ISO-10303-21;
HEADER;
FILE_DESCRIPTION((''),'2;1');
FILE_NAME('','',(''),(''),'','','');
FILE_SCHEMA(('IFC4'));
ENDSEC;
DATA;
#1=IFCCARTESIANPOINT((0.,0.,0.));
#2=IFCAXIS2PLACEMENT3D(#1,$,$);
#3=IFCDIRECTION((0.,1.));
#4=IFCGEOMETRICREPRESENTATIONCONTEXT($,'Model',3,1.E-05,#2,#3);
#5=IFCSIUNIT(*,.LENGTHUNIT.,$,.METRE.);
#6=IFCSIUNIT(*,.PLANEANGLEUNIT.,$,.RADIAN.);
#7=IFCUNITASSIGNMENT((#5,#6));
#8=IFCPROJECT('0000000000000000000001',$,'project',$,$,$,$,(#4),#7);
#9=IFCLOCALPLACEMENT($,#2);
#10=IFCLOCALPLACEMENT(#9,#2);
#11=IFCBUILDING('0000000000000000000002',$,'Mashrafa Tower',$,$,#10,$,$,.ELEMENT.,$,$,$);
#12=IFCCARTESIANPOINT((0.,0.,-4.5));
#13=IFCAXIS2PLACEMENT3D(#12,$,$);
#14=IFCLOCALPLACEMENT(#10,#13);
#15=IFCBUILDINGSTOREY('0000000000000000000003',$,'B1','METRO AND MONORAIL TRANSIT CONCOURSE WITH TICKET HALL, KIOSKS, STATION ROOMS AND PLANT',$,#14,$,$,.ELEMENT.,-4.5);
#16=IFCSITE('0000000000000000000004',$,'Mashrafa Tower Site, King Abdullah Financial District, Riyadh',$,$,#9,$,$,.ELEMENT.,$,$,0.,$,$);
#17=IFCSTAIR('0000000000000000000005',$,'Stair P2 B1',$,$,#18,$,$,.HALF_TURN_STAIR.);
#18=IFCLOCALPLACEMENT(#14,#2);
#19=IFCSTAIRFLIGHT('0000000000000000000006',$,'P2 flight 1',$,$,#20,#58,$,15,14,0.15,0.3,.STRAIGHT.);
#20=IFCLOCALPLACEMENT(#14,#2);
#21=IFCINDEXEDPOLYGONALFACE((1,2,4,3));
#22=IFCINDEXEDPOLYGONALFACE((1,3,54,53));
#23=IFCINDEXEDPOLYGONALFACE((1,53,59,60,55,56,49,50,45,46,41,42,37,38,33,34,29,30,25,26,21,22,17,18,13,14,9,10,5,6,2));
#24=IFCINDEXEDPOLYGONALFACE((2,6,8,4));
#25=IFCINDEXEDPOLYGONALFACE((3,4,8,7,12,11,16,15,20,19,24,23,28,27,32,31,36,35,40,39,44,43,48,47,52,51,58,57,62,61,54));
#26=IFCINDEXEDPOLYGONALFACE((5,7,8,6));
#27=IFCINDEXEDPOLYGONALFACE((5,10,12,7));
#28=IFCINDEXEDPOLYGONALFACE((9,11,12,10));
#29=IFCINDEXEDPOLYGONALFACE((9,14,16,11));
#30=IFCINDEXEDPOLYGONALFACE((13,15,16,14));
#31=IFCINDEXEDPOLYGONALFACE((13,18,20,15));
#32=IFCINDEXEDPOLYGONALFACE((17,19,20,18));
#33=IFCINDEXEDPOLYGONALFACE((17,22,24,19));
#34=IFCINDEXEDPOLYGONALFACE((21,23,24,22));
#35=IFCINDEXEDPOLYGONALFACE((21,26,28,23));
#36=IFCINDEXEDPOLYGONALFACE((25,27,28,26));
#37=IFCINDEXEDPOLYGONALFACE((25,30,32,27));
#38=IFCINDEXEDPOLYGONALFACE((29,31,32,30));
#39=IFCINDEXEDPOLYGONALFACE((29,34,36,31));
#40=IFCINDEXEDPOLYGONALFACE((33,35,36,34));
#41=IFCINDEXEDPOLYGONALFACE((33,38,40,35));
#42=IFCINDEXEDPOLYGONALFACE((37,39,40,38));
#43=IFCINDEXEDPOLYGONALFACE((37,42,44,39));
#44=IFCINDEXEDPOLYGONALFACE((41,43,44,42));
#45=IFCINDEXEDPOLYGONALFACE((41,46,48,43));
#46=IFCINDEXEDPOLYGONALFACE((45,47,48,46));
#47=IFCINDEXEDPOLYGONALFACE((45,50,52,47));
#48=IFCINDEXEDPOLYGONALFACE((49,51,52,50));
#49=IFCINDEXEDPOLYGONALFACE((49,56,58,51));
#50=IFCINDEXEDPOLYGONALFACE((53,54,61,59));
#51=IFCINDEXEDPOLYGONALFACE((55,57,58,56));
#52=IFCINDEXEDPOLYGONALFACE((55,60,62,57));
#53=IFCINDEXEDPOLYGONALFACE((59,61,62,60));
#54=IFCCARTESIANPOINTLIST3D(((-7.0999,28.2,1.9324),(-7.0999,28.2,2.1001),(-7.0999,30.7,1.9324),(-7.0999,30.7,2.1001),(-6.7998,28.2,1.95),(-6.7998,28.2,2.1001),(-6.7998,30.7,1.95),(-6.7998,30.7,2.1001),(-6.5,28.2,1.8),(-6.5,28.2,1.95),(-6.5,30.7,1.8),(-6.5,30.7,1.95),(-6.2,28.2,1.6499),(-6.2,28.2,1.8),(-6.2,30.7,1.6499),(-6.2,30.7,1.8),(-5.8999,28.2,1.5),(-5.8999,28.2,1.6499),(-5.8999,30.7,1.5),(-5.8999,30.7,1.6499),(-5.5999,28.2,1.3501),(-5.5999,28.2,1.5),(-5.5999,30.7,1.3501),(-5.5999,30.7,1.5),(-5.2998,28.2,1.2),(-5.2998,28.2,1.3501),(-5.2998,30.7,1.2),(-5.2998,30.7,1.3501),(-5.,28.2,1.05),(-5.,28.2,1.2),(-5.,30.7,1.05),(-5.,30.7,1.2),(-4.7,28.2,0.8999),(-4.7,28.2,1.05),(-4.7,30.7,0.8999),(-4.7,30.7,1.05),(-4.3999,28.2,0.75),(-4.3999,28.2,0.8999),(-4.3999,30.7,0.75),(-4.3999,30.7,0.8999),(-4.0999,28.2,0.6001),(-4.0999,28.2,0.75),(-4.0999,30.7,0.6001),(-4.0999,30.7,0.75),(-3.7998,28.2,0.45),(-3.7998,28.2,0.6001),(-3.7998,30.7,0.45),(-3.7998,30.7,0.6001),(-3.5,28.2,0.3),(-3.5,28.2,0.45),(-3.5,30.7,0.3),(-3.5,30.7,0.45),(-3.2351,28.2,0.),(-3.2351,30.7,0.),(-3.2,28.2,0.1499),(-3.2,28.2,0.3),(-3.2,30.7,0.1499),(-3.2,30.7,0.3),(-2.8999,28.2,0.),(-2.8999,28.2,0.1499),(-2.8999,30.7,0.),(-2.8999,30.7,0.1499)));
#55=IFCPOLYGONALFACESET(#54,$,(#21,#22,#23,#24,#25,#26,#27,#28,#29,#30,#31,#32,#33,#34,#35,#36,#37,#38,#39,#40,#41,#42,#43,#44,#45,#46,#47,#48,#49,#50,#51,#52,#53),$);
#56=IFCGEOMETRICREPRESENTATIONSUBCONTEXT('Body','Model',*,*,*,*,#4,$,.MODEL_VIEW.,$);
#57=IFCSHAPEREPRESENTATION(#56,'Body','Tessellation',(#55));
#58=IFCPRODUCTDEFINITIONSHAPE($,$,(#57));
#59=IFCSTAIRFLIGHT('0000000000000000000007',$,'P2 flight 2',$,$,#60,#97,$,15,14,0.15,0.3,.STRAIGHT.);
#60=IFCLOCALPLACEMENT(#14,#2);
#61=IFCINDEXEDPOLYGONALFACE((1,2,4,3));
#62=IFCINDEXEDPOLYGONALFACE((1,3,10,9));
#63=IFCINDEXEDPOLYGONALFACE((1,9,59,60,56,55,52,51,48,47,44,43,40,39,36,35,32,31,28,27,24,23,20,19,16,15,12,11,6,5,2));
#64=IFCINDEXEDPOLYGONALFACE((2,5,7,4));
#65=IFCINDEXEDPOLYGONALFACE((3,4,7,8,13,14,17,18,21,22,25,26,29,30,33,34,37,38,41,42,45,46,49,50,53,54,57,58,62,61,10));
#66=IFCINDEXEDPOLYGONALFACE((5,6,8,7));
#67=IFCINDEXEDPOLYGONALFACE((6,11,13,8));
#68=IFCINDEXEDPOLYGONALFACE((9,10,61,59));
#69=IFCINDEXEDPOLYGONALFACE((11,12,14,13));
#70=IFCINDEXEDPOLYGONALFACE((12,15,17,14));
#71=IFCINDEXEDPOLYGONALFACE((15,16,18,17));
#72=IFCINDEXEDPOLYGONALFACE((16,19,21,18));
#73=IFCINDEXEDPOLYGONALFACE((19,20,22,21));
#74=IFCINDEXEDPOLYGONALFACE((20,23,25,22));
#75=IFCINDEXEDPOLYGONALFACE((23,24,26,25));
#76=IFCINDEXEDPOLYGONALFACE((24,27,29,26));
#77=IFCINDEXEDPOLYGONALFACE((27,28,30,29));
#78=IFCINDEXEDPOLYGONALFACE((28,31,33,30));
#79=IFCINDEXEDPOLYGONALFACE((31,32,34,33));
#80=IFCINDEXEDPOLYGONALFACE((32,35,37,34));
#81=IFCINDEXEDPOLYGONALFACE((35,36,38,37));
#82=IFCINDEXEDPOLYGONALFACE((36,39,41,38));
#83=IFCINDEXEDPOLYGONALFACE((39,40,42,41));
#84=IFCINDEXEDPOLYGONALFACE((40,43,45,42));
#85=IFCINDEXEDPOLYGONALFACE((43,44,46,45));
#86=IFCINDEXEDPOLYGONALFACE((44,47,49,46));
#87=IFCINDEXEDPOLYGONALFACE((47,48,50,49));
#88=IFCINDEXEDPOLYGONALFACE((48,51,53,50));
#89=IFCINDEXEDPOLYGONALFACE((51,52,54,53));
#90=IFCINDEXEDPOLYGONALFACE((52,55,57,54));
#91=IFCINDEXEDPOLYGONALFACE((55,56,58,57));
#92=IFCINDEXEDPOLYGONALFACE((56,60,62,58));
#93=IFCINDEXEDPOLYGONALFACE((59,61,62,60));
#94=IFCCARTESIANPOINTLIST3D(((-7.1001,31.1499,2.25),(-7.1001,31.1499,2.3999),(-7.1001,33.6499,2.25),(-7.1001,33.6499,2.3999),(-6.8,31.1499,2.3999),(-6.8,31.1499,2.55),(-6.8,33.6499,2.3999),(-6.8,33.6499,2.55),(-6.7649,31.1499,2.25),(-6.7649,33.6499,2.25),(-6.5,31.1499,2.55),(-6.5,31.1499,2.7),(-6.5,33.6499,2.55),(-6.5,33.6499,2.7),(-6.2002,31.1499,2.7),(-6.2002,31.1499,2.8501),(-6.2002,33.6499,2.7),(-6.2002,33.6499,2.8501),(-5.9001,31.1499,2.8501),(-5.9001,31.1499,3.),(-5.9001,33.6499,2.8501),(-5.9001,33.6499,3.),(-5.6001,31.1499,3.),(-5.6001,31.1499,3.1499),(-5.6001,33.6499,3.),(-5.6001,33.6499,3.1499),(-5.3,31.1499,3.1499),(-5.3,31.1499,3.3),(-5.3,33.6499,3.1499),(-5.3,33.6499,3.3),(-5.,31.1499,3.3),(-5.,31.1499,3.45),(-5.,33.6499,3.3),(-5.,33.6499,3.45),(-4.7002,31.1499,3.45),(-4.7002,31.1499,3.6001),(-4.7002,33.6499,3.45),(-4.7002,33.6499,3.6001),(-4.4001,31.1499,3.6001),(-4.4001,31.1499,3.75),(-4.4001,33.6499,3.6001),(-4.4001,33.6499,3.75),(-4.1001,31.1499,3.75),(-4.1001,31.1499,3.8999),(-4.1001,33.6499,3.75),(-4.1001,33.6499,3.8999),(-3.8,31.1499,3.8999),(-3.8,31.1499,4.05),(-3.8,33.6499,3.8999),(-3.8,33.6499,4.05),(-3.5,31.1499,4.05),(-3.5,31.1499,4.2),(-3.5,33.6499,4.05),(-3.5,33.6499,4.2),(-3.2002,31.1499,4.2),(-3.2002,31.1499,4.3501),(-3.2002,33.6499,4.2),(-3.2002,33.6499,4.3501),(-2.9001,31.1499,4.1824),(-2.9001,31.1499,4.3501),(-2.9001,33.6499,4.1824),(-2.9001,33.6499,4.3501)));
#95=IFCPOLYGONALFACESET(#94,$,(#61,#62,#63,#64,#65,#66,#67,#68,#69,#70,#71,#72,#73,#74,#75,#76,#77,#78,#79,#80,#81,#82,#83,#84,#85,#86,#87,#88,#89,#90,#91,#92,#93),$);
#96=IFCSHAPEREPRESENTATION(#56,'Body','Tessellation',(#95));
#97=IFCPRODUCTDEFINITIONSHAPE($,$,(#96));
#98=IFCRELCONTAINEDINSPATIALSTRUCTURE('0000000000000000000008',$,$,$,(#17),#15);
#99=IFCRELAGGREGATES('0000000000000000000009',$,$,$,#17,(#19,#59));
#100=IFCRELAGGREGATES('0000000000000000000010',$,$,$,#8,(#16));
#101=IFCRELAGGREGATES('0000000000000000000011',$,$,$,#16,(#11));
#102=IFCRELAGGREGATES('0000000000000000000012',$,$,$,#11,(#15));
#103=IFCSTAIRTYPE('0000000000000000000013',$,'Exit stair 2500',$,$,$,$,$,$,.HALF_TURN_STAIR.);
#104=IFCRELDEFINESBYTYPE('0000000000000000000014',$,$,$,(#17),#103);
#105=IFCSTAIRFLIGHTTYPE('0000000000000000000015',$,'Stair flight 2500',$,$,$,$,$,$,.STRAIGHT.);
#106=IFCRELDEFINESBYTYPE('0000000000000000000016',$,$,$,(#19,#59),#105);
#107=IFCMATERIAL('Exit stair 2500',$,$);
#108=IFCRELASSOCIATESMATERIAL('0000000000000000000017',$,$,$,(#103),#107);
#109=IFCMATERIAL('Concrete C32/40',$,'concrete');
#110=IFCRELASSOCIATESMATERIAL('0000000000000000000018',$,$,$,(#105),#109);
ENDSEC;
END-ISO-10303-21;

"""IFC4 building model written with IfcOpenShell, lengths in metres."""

from ifc_helpers import new_model, si_unit, direction, frame, origin, place, context, subcontext, project, spatial, polyline, outline, extrude, material, type_object, element, aggregate, save


model = new_model("IFC4")

# Units and contexts
model_context = context("Model", 3, precision=1e-05, world=origin(), true_north=direction((0.0, 1.0)))
body_context = subcontext(model_context, "Body", "Model", "MODEL_VIEW")
ifc_project = project(units=[si_unit("LENGTHUNIT", "METRE"), si_unit("PLANEANGLEUNIT", "RADIAN")], contexts=[model_context])

# Site, building, storey
site_placement = place(None, origin())
site = spatial("IfcSite", under=ifc_project, at=site_placement, Name="Mashrafa Tower Site, King Abdullah Financial District, Riyadh", CompositionType="ELEMENT", RefElevation=0.0)
building_placement = place(site_placement, origin())
building = spatial("IfcBuilding", under=site, at=building_placement, Name="Mashrafa Tower", CompositionType="ELEMENT")
storey_placement = place(building_placement, frame((0.0, 0.0, -4.5)))
storey = spatial("IfcBuildingStorey", under=building, at=storey_placement, Name="B1", Description="METRO AND MONORAIL TRANSIT CONCOURSE WITH TICKET HALL, KIOSKS, STATION ROOMS AND PLANT", CompositionType="ELEMENT", Elevation=-4.5)

# Stair, stair flights
ifc_material_1 = material(Name="Exit stair 2500")
stair_type = type_object("IfcStairType", Name="Exit stair 2500", PredefinedType="HALF_TURN_STAIR", material=ifc_material_1)
stair_placement = place(storey_placement, origin())
stair = element("IfcStair", 1, at=stair_placement, inside=storey, type_object=stair_type, Name="Stair P2 B1", PredefinedType="HALF_TURN_STAIR")
ifc_material_2 = material(Name="Concrete C32/40", Category="concrete")
stair_flight_type = type_object("IfcStairFlightType", Name="Stair flight 2500", PredefinedType="STRAIGHT", material=ifc_material_2)
stair_flight_1_placement = place(storey_placement, frame((-2.8999, 29.45, 0.0), z_axis=(0.0, 0.0, 1.0), x_axis=(-1.0, 0.0, 0.0)))
stair_flight_1 = element("IfcStairFlight", 2, at=stair_flight_1_placement, type_object=stair_flight_type, Name="P2 flight 1", NumberOfRisers=15, NumberOfTreads=14, PredefinedType="STRAIGHT", RiserHeight=0.15, TreadLength=0.3, context=body_context, shape_type="SweptSolid", body=[
    extrude(outline(polyline([(0.0, 0.0), (0.0, 0.1499), (0.3, 0.1499), (0.3, 0.3), (0.6001, 0.3), (0.6001, 0.45), (0.8999, 0.45), (0.8999, 0.6001), (1.2, 0.6001), (1.2, 0.75), (1.5, 0.75), (1.5, 0.8999), (1.8, 0.8999), (1.8, 1.05), (2.1001, 1.05), (2.1001, 1.2), (2.3999, 1.2), (2.3999, 1.3501), (2.7, 1.3501), (2.7, 1.5), (3.0, 1.5), (3.0, 1.6499), (3.3, 1.6499), (3.3, 1.8), (3.6001, 1.8), (3.6001, 1.95), (3.8999, 1.95), (3.8999, 2.1001), (4.2, 2.1001), (4.2, 2.25), (4.2, 1.9324), (0.3352, 0.0), (0.0, 0.0)])), frame((0.0, 1.25, 0.0), z_axis=(0.0, -1.0, 0.0), x_axis=(1.0, 0.0, 0.0)), (0.0, 0.0, 1.0), 2.5),
])
stair_flight_2_placement = place(storey_placement, frame((-7.1001, 32.3999, 2.25), z_axis=(0.0, 0.0, 1.0), x_axis=(1.0, 0.0, 0.0)))
stair_flight_2 = element("IfcStairFlight", 3, at=stair_flight_2_placement, type_object=stair_flight_type, Name="P2 flight 2", NumberOfRisers=15, NumberOfTreads=14, PredefinedType="STRAIGHT", RiserHeight=0.15, TreadLength=0.3, context=body_context, shape_type="SweptSolid", body=[
    extrude(outline(polyline([(0.0, 0.0), (0.0, 0.1499), (0.3, 0.1499), (0.3, 0.3), (0.6001, 0.3), (0.6001, 0.45), (0.8999, 0.45), (0.8999, 0.6001), (1.2, 0.6001), (1.2, 0.75), (1.5, 0.75), (1.5, 0.8999), (1.8, 0.8999), (1.8, 1.05), (2.1001, 1.05), (2.1001, 1.2), (2.3999, 1.2), (2.3999, 1.3501), (2.7, 1.3501), (2.7, 1.5), (3.0, 1.5), (3.0, 1.6499), (3.3, 1.6499), (3.3, 1.8), (3.6001, 1.8), (3.6001, 1.95), (3.8999, 1.95), (3.8999, 2.1001), (4.2, 2.1001), (4.2, 2.25), (4.2, 1.9324), (0.3352, 0.0), (0.0, 0.0)])), frame((0.0, 1.25, 0.0), z_axis=(0.0, -1.0, 0.0), x_axis=(1.0, 0.0, 0.0)), (0.0, 0.0, 1.0), 2.5),
])
aggregate(stair, [stair_flight_1, stair_flight_2])

save(model, "model.ifc")
